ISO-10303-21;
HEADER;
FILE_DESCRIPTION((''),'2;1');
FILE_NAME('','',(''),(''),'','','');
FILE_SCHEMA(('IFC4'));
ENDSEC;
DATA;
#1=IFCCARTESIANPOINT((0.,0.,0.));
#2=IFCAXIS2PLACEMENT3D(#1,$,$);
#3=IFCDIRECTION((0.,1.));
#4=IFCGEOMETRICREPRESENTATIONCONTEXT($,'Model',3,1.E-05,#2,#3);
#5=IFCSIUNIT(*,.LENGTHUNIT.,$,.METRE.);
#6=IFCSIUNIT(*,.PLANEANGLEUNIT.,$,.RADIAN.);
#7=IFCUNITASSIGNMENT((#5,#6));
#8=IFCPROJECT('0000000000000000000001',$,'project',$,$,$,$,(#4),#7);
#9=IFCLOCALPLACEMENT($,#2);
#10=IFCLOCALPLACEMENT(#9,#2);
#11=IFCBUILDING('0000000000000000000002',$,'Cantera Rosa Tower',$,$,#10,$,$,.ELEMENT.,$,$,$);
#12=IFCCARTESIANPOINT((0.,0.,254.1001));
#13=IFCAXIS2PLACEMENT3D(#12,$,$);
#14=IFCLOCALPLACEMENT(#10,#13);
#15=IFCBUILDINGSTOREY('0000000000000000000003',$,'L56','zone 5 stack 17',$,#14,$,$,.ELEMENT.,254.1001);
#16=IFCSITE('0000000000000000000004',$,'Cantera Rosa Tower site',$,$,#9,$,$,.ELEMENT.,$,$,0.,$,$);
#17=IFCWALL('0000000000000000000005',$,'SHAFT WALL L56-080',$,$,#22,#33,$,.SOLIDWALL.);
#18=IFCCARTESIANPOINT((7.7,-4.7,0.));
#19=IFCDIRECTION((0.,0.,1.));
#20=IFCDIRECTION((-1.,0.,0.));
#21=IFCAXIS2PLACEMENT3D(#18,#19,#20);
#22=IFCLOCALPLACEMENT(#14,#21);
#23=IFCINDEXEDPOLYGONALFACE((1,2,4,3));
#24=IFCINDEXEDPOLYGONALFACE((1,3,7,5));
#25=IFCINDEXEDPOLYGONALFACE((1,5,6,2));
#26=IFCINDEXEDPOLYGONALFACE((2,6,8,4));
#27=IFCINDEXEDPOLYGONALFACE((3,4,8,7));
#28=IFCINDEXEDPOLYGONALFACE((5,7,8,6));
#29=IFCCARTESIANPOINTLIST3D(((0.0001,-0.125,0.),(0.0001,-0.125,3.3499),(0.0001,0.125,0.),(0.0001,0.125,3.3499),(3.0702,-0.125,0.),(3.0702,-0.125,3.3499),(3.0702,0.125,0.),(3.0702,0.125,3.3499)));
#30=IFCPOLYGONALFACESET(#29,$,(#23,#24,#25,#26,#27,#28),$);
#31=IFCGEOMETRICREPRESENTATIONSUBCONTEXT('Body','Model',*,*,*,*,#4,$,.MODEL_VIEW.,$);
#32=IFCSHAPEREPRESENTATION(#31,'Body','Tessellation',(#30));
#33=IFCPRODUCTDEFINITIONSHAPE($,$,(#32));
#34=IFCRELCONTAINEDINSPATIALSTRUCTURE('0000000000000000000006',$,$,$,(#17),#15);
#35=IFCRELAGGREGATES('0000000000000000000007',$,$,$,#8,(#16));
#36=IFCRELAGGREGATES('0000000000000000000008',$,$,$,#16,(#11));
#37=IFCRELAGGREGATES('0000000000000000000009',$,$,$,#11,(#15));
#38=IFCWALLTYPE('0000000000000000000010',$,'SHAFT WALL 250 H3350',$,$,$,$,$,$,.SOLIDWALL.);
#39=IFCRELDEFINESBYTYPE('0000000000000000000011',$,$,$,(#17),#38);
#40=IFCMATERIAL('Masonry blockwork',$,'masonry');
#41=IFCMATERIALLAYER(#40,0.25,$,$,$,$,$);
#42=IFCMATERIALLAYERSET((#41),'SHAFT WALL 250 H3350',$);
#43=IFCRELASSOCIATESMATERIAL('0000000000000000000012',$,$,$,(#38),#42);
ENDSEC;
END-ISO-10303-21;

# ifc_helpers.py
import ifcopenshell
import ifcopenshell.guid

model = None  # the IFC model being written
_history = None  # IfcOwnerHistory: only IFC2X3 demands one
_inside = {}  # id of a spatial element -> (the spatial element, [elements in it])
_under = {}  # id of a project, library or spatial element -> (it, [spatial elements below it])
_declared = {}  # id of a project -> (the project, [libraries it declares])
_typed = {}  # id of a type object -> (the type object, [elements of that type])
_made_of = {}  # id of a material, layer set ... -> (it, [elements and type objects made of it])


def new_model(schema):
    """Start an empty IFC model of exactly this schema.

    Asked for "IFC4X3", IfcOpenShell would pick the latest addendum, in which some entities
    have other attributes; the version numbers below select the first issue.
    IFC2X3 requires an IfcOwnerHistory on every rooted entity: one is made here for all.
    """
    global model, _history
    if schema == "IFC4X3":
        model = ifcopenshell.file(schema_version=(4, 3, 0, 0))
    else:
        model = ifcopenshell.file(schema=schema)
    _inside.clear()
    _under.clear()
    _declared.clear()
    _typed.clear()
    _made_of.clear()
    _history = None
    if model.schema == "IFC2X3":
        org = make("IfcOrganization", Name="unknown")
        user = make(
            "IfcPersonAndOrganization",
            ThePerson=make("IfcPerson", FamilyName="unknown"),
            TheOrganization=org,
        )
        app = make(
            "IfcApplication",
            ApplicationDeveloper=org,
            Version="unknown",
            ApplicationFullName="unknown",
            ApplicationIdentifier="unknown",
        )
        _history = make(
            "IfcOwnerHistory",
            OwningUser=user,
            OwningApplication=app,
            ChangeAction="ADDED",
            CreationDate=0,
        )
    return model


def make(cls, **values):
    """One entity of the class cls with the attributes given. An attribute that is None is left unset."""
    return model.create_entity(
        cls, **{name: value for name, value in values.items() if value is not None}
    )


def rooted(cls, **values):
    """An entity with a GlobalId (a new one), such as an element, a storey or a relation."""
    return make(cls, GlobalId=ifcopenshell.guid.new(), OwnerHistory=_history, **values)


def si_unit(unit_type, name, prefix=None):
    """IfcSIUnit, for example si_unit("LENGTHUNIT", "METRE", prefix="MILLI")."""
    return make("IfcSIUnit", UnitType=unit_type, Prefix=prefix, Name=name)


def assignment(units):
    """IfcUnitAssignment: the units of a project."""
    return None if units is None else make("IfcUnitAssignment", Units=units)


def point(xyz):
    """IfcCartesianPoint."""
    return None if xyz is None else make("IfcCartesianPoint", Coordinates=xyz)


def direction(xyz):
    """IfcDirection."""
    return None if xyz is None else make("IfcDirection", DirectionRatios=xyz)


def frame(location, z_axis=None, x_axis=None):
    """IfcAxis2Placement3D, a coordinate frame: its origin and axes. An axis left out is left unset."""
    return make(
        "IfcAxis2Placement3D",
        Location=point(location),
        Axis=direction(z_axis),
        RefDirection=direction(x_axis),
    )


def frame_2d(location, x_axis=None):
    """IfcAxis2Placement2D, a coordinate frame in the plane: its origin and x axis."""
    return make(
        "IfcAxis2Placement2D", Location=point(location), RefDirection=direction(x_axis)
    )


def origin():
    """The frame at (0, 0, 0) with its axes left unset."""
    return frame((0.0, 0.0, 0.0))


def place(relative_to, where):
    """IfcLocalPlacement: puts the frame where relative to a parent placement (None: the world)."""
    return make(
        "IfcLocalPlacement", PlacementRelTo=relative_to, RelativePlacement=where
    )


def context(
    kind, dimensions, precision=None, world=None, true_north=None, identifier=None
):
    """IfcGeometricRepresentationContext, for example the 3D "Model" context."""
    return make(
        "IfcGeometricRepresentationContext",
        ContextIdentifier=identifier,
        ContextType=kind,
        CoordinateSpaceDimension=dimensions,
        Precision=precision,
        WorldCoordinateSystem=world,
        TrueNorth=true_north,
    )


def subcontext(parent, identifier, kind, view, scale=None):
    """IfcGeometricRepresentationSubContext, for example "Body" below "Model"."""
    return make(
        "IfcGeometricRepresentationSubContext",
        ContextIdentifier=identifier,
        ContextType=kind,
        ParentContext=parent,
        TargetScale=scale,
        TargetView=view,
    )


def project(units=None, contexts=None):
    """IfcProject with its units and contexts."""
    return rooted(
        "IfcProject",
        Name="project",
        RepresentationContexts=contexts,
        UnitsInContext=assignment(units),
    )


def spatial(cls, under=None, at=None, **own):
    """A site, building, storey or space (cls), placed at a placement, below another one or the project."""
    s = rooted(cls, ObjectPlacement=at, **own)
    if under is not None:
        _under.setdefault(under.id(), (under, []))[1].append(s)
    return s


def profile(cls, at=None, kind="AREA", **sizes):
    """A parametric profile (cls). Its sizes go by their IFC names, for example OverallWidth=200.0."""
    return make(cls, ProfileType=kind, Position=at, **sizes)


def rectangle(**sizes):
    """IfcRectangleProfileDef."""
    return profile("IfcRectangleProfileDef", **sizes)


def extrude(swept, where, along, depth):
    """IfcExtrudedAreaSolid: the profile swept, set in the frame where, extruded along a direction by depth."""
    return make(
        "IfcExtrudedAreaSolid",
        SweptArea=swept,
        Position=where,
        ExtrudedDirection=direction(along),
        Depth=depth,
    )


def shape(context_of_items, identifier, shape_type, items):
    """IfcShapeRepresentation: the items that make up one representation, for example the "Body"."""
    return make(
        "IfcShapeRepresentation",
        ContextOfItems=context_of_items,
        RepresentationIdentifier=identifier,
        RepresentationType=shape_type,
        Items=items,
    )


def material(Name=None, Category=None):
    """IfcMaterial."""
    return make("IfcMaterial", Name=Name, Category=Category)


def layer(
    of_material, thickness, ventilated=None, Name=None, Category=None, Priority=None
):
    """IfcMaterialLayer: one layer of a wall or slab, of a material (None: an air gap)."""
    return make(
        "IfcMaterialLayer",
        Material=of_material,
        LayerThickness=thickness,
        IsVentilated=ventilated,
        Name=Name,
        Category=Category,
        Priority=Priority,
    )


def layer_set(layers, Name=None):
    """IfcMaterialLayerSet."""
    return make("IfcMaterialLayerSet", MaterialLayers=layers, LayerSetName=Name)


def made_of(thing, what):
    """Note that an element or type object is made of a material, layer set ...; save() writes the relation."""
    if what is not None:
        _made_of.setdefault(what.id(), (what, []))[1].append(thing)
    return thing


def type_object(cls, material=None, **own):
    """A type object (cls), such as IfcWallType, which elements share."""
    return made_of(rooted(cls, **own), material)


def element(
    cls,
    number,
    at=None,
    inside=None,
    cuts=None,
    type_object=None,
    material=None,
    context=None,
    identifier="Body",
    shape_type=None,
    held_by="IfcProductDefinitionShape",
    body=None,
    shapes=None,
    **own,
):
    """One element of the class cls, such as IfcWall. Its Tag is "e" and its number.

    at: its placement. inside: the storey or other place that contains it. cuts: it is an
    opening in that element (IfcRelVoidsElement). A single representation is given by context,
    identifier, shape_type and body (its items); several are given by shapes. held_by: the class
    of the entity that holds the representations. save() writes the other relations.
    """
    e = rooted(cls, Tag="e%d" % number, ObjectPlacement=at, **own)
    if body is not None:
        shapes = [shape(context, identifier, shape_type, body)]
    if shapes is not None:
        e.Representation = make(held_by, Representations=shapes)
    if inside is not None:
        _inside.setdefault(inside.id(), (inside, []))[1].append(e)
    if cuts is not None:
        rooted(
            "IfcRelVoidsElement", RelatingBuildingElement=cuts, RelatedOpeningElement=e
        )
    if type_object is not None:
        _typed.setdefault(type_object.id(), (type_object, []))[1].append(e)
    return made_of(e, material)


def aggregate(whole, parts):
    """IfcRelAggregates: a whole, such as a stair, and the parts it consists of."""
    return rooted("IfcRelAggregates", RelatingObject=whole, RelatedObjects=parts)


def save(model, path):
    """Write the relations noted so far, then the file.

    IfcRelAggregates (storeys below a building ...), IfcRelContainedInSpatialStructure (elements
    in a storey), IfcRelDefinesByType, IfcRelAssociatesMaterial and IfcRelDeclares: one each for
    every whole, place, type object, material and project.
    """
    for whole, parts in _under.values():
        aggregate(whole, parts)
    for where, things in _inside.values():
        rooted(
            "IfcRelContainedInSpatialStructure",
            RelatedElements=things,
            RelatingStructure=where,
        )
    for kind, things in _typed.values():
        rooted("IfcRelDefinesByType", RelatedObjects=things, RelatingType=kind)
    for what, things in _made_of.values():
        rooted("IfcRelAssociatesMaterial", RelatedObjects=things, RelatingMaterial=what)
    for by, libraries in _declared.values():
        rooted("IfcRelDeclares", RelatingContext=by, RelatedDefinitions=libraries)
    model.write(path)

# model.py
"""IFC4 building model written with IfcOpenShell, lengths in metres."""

from ifc_helpers import new_model, si_unit, direction, frame, frame_2d, origin, place, context, subcontext, project, spatial, rectangle, extrude, material, layer, layer_set, type_object, element, save


model = new_model("IFC4")

# Units and contexts
model_context = context("Model", 3, precision=1e-05, world=origin(), true_north=direction((0.0, 1.0)))
body_context = subcontext(model_context, "Body", "Model", "MODEL_VIEW")
ifc_project = project(units=[si_unit("LENGTHUNIT", "METRE"), si_unit("PLANEANGLEUNIT", "RADIAN")], contexts=[model_context])

# Site, building, storey
site_placement = place(None, origin())
site = spatial("IfcSite", under=ifc_project, at=site_placement, Name="Cantera Rosa Tower site", CompositionType="ELEMENT", RefElevation=0.0)
building_placement = place(site_placement, origin())
building = spatial("IfcBuilding", under=site, at=building_placement, Name="Cantera Rosa Tower", CompositionType="ELEMENT")
storey_placement = place(building_placement, frame((0.0, 0.0, 254.1001)))
storey = spatial("IfcBuildingStorey", under=building, at=storey_placement, Name="L56", Description="zone 5 stack 17", CompositionType="ELEMENT", Elevation=254.1001)

# Wall
ifc_material_1 = material(Name="Masonry blockwork", Category="masonry")
ifc_layer_1 = layer(ifc_material_1, 0.25)
ifc_layer_set_1 = layer_set([ifc_layer_1], Name="SHAFT WALL 250 H3350")
wall_type_1 = type_object("IfcWallType", Name="SHAFT WALL 250 H3350", PredefinedType="SOLIDWALL", material=ifc_layer_set_1)
wall_1_placement = place(storey_placement, frame((7.7, -4.7, 0.0), z_axis=(0.0, 0.0, 1.0), x_axis=(-1.0, 0.0, 0.0)))
element("IfcWall", 1, at=wall_1_placement, inside=storey, type_object=wall_type_1, Name="SHAFT WALL L56-080", PredefinedType="SOLIDWALL", context=body_context, shape_type="SweptSolid", body=[
    extrude(rectangle(XDim=3.0701, YDim=0.25, at=frame_2d((1.5352, 0.0))), origin(), (0.0, 0.0, 1.0), 3.3499),
])

save(model, "model.ifc")
